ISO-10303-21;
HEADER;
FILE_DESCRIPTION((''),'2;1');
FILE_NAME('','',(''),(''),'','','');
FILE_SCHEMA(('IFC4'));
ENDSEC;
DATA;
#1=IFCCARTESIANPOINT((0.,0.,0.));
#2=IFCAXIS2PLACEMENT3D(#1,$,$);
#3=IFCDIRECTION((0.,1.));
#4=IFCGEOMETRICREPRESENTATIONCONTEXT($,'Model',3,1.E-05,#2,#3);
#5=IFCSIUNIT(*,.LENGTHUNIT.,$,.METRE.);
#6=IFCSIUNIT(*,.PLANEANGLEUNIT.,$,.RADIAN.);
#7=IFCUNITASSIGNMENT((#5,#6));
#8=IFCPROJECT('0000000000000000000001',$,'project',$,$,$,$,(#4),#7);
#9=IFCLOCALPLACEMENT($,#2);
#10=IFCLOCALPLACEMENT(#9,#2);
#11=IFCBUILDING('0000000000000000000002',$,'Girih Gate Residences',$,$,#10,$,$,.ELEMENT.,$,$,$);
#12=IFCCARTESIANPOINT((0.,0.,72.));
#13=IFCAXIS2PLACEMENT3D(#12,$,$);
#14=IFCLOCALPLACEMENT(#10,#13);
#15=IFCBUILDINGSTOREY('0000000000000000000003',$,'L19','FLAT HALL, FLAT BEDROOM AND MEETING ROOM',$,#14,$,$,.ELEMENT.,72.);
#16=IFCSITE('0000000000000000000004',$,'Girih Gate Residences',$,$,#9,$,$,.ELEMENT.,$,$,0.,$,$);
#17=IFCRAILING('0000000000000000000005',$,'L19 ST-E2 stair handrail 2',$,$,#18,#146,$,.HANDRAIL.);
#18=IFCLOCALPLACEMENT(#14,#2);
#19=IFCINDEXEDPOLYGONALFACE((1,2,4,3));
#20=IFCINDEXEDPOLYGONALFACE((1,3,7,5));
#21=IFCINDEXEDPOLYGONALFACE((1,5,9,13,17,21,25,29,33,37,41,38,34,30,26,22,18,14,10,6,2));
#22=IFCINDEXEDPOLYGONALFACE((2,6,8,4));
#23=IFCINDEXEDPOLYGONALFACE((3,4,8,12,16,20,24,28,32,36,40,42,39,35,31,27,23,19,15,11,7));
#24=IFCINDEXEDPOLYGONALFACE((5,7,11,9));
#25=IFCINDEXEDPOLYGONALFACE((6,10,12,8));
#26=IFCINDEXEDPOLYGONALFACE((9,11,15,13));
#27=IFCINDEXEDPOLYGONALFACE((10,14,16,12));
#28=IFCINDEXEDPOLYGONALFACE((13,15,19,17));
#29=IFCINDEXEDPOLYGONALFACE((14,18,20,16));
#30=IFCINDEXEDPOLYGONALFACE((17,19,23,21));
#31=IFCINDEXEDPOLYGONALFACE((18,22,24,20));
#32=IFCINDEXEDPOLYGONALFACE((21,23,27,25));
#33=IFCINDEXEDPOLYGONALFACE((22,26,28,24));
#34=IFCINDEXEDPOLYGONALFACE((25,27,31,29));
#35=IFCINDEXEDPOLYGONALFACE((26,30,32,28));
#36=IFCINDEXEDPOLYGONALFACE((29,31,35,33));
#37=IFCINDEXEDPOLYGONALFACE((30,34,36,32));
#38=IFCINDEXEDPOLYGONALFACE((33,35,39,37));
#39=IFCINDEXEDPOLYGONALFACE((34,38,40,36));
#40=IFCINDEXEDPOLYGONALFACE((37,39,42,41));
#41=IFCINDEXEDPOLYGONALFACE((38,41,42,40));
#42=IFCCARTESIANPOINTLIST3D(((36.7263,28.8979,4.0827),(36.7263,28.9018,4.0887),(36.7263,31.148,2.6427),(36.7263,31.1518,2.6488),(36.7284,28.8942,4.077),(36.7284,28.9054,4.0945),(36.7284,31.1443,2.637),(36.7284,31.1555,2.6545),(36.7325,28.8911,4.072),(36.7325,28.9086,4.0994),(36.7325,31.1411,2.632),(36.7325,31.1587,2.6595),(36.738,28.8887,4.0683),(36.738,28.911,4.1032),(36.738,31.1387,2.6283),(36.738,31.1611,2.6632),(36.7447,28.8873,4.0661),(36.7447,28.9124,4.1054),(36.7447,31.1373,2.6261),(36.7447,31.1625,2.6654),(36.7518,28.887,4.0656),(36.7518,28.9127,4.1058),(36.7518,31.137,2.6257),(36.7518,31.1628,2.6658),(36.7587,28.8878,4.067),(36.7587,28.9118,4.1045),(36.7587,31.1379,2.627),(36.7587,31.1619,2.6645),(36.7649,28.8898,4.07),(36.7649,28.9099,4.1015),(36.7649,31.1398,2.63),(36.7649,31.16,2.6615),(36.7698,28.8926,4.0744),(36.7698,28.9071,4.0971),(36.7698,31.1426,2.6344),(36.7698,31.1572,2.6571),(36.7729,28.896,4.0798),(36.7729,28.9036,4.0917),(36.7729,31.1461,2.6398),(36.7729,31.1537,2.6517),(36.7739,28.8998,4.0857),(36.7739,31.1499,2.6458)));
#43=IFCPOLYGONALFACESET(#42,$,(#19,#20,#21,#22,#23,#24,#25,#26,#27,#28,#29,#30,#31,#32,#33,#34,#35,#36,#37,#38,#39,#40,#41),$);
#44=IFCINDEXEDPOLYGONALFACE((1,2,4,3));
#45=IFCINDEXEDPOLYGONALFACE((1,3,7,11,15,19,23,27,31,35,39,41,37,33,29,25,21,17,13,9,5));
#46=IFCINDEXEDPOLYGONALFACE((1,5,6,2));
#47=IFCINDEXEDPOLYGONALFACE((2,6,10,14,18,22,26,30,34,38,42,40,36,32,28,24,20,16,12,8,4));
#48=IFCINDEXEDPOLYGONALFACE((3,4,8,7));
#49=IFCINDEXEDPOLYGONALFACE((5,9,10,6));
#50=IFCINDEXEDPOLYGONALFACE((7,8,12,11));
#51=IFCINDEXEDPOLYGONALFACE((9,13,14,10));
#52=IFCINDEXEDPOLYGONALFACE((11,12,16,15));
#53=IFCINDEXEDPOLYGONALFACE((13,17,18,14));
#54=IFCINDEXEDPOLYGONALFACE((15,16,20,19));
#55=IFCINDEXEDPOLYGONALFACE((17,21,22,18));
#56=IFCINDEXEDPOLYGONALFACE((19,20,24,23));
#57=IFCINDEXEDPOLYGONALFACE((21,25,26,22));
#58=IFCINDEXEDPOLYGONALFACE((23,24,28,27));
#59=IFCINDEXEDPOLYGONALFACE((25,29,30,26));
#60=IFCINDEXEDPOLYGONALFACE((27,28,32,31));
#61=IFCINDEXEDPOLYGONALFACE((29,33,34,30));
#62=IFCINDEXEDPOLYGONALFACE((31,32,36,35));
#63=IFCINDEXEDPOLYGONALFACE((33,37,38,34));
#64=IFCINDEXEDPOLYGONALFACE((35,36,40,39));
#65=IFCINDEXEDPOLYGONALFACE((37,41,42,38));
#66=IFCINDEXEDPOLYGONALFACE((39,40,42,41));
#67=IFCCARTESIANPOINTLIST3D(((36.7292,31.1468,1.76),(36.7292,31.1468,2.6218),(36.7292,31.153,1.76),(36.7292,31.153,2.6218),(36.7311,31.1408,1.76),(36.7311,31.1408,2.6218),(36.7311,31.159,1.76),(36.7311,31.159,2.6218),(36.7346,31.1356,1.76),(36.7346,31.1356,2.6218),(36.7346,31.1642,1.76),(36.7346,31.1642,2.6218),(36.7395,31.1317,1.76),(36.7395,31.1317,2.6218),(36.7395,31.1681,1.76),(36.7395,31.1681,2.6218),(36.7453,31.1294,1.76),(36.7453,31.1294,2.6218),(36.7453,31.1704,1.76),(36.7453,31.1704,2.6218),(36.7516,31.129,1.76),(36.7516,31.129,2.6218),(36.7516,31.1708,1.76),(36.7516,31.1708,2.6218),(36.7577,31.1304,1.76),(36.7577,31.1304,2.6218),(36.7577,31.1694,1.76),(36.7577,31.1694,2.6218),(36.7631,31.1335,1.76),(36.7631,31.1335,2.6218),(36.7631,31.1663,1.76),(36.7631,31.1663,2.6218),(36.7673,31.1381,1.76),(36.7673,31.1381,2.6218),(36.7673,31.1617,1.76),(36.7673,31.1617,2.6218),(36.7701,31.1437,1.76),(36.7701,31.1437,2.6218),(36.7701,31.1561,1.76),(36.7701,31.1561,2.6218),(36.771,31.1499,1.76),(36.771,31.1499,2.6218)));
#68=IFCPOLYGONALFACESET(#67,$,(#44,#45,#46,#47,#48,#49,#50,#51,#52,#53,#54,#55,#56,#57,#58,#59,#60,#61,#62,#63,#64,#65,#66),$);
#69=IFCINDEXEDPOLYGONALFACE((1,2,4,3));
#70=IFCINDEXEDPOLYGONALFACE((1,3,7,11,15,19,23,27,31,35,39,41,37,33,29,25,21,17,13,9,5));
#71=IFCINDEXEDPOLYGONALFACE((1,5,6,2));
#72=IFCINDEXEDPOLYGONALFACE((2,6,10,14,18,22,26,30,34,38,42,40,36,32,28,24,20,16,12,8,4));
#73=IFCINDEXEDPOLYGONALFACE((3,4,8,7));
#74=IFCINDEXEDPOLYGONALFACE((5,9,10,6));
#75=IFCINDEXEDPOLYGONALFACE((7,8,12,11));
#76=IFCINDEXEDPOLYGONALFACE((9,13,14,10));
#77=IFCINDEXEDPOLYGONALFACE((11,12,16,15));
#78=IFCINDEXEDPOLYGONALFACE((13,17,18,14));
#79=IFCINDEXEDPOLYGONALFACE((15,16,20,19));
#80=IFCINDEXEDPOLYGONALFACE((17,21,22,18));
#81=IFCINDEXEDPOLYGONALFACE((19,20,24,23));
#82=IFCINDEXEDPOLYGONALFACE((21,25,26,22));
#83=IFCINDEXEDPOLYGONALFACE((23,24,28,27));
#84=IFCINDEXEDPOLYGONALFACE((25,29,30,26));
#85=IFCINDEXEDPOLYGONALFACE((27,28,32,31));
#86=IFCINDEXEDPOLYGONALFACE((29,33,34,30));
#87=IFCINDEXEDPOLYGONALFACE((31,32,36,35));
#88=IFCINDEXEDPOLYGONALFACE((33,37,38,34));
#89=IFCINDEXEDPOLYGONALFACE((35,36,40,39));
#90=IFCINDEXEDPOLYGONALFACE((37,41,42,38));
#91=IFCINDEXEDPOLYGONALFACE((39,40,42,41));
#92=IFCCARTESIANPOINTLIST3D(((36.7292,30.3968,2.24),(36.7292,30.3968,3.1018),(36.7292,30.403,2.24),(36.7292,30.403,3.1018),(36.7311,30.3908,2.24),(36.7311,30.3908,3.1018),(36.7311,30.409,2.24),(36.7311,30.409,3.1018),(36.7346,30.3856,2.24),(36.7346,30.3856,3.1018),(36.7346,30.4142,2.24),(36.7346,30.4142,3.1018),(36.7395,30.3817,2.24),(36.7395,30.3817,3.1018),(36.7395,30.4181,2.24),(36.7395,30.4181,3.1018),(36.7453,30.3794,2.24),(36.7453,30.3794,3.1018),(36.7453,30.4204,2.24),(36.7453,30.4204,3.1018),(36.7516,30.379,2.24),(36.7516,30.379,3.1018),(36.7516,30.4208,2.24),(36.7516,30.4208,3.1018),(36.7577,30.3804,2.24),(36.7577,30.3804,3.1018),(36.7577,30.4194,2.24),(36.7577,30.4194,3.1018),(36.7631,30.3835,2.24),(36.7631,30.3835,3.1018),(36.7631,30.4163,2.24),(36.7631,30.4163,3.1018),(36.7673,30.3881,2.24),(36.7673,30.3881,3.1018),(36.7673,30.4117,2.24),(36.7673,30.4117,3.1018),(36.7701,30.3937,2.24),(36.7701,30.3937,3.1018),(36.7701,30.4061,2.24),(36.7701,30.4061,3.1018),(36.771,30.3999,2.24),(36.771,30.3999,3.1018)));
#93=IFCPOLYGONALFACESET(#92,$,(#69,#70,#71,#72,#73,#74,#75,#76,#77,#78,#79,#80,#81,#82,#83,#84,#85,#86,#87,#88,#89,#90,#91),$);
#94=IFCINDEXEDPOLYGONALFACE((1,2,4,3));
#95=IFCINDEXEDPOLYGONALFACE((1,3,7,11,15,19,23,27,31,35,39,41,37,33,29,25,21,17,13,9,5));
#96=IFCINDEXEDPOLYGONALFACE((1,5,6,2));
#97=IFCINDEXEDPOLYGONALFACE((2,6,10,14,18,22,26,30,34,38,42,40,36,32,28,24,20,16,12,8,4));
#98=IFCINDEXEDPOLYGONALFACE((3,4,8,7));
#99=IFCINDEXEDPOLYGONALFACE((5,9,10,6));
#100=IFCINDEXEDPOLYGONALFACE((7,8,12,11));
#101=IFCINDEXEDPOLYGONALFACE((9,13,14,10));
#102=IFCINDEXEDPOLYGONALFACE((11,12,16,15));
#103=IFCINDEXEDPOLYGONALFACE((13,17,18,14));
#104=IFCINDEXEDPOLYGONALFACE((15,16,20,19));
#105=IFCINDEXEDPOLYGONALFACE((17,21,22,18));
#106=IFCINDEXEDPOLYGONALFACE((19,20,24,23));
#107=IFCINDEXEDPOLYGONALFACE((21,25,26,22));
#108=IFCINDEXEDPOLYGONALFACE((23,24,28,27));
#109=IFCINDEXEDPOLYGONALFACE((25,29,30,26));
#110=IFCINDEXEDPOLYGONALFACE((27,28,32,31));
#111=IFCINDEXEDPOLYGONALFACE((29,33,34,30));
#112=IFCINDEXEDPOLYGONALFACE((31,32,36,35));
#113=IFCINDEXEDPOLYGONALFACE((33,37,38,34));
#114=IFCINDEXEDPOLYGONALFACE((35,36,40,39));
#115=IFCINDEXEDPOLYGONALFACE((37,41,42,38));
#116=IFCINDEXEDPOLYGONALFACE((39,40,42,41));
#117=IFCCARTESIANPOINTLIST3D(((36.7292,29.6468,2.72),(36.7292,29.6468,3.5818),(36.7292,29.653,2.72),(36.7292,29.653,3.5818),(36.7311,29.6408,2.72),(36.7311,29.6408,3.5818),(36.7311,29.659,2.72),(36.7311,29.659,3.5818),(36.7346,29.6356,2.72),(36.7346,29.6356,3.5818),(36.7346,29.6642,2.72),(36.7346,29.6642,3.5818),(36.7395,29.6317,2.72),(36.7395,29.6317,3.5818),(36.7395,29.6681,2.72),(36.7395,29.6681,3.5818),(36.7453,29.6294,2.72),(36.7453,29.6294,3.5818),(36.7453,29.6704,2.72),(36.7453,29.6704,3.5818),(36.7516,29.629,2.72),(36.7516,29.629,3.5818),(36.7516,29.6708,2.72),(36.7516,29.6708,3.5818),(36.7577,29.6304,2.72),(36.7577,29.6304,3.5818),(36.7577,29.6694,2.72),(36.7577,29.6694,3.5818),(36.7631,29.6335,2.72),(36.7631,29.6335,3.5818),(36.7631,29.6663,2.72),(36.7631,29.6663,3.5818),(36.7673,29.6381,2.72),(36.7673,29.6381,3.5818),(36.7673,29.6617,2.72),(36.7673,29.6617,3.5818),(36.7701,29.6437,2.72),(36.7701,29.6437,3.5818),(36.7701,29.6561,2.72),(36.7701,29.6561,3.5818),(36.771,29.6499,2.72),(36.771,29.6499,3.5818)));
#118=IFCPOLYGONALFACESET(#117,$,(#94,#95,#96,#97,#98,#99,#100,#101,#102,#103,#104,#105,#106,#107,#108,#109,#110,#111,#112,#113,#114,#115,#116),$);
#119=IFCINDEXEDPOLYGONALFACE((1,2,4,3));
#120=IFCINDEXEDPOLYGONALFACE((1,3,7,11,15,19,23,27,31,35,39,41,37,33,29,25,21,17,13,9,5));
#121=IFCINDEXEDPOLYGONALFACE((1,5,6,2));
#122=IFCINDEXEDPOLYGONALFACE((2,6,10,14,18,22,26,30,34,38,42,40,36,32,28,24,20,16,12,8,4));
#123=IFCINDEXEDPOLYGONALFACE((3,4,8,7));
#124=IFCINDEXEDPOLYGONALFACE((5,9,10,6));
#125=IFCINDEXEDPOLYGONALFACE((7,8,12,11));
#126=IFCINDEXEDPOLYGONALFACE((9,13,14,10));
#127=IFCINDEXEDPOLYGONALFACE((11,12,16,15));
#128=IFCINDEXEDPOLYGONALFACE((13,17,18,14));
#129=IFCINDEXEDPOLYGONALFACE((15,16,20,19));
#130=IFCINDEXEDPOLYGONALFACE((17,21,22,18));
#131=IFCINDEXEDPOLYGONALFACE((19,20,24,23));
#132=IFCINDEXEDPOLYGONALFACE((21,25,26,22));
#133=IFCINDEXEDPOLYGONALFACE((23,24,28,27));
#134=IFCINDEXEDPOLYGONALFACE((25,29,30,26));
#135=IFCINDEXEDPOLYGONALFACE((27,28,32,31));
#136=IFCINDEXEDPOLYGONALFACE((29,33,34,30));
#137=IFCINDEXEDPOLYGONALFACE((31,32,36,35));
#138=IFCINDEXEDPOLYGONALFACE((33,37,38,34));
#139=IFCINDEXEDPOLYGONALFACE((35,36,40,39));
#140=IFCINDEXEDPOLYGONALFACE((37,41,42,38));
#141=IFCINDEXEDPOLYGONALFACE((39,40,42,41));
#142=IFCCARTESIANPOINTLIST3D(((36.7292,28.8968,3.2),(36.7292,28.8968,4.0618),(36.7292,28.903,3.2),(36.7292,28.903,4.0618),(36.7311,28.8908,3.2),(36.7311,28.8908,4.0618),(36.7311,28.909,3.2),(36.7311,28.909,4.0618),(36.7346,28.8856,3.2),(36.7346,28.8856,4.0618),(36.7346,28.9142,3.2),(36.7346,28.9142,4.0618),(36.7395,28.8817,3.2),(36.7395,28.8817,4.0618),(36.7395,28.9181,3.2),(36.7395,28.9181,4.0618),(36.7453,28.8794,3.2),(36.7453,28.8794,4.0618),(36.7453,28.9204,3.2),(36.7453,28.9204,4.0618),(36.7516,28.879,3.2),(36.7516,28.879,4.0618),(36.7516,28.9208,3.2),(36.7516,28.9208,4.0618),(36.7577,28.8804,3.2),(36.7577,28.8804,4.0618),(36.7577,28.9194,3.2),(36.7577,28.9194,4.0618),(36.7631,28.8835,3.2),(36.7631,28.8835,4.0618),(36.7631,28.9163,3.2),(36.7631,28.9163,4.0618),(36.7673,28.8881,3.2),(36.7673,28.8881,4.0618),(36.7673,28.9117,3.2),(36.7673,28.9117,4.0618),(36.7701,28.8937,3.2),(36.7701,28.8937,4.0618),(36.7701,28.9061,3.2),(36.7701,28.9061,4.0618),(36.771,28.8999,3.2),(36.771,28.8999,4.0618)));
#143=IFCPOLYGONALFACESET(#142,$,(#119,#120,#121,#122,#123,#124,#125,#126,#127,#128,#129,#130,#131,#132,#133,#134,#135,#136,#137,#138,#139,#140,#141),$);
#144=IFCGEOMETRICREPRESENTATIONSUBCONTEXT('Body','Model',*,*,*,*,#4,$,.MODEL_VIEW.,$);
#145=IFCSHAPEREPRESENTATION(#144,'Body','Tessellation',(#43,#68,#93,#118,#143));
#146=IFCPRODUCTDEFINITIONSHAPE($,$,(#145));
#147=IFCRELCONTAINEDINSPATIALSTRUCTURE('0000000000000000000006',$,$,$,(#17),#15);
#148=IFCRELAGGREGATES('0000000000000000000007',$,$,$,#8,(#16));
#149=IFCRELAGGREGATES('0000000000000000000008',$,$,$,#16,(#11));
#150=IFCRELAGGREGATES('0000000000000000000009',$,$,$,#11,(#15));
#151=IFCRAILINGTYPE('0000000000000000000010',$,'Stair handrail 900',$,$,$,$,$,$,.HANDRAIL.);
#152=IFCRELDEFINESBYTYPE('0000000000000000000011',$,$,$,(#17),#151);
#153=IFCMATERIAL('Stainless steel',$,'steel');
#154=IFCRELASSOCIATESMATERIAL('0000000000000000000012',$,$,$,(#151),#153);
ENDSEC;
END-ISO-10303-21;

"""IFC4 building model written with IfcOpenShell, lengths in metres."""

from ifc_helpers import new_model, si_unit, direction, frame, origin, origin_2d, place, context, subcontext, project, spatial, circle, extrude, material, type_object, element, save


model = new_model("IFC4")

# Units and contexts
model_context = context("Model", 3, precision=1e-05, world=origin(), true_north=direction((0.0, 1.0)))
body_context = subcontext(model_context, "Body", "Model", "MODEL_VIEW")
ifc_project = project(units=[si_unit("LENGTHUNIT", "METRE"), si_unit("PLANEANGLEUNIT", "RADIAN")], contexts=[model_context])

# Site, building, storey
site_placement = place(None, origin())
site = spatial("IfcSite", under=ifc_project, at=site_placement, Name="Girih Gate Residences", CompositionType="ELEMENT", RefElevation=0.0)
building_placement = place(site_placement, origin())
building = spatial("IfcBuilding", under=site, at=building_placement, Name="Girih Gate Residences", CompositionType="ELEMENT")
storey_placement = place(building_placement, frame((0.0, 0.0, 72.0)))
storey = spatial("IfcBuildingStorey", under=building, at=storey_placement, Name="L19", Description="FLAT HALL, FLAT BEDROOM AND MEETING ROOM", CompositionType="ELEMENT", Elevation=72.0)

# Railing
ifc_material_1 = material(Name="Stainless steel", Category="steel")
railing_type_1 = type_object("IfcRailingType", Name="Stair handrail 900", PredefinedType="HANDRAIL", material=ifc_material_1)
railing_1_placement = place(storey_placement, frame((36.75, 31.1499, 1.76)))
element("IfcRailing", 1, at=railing_1_placement, inside=storey, type_object=railing_type_1, Name="L19 ST-E2 stair handrail 2", PredefinedType="HANDRAIL", context=body_context, shape_type="SweptSolid", body=[
    extrude(circle(Radius=0.0239, at=origin_2d()), frame((0.0, 0.0, 0.8857), z_axis=(0.0, -0.842281, 0.539038), x_axis=(1.0, 0.0, 0.0)), (0.0, 0.0, 1.0), 2.6714),
    extrude(circle(Radius=0.021, at=origin_2d()), origin(), (0.0, 0.0, 1.0), 0.8618),
    extrude(circle(Radius=0.021, at=origin_2d()), frame((0.0, -0.75, 0.48)), (0.0, 0.0, 1.0), 0.8618),
    extrude(circle(Radius=0.021, at=origin_2d()), frame((0.0, -1.5, 0.96)), (0.0, 0.0, 1.0), 0.8618),
    extrude(circle(Radius=0.021, at=origin_2d()), frame((0.0, -2.25, 1.4399)), (0.0, 0.0, 1.0), 0.8618),
])

save(model, "model.ifc")
